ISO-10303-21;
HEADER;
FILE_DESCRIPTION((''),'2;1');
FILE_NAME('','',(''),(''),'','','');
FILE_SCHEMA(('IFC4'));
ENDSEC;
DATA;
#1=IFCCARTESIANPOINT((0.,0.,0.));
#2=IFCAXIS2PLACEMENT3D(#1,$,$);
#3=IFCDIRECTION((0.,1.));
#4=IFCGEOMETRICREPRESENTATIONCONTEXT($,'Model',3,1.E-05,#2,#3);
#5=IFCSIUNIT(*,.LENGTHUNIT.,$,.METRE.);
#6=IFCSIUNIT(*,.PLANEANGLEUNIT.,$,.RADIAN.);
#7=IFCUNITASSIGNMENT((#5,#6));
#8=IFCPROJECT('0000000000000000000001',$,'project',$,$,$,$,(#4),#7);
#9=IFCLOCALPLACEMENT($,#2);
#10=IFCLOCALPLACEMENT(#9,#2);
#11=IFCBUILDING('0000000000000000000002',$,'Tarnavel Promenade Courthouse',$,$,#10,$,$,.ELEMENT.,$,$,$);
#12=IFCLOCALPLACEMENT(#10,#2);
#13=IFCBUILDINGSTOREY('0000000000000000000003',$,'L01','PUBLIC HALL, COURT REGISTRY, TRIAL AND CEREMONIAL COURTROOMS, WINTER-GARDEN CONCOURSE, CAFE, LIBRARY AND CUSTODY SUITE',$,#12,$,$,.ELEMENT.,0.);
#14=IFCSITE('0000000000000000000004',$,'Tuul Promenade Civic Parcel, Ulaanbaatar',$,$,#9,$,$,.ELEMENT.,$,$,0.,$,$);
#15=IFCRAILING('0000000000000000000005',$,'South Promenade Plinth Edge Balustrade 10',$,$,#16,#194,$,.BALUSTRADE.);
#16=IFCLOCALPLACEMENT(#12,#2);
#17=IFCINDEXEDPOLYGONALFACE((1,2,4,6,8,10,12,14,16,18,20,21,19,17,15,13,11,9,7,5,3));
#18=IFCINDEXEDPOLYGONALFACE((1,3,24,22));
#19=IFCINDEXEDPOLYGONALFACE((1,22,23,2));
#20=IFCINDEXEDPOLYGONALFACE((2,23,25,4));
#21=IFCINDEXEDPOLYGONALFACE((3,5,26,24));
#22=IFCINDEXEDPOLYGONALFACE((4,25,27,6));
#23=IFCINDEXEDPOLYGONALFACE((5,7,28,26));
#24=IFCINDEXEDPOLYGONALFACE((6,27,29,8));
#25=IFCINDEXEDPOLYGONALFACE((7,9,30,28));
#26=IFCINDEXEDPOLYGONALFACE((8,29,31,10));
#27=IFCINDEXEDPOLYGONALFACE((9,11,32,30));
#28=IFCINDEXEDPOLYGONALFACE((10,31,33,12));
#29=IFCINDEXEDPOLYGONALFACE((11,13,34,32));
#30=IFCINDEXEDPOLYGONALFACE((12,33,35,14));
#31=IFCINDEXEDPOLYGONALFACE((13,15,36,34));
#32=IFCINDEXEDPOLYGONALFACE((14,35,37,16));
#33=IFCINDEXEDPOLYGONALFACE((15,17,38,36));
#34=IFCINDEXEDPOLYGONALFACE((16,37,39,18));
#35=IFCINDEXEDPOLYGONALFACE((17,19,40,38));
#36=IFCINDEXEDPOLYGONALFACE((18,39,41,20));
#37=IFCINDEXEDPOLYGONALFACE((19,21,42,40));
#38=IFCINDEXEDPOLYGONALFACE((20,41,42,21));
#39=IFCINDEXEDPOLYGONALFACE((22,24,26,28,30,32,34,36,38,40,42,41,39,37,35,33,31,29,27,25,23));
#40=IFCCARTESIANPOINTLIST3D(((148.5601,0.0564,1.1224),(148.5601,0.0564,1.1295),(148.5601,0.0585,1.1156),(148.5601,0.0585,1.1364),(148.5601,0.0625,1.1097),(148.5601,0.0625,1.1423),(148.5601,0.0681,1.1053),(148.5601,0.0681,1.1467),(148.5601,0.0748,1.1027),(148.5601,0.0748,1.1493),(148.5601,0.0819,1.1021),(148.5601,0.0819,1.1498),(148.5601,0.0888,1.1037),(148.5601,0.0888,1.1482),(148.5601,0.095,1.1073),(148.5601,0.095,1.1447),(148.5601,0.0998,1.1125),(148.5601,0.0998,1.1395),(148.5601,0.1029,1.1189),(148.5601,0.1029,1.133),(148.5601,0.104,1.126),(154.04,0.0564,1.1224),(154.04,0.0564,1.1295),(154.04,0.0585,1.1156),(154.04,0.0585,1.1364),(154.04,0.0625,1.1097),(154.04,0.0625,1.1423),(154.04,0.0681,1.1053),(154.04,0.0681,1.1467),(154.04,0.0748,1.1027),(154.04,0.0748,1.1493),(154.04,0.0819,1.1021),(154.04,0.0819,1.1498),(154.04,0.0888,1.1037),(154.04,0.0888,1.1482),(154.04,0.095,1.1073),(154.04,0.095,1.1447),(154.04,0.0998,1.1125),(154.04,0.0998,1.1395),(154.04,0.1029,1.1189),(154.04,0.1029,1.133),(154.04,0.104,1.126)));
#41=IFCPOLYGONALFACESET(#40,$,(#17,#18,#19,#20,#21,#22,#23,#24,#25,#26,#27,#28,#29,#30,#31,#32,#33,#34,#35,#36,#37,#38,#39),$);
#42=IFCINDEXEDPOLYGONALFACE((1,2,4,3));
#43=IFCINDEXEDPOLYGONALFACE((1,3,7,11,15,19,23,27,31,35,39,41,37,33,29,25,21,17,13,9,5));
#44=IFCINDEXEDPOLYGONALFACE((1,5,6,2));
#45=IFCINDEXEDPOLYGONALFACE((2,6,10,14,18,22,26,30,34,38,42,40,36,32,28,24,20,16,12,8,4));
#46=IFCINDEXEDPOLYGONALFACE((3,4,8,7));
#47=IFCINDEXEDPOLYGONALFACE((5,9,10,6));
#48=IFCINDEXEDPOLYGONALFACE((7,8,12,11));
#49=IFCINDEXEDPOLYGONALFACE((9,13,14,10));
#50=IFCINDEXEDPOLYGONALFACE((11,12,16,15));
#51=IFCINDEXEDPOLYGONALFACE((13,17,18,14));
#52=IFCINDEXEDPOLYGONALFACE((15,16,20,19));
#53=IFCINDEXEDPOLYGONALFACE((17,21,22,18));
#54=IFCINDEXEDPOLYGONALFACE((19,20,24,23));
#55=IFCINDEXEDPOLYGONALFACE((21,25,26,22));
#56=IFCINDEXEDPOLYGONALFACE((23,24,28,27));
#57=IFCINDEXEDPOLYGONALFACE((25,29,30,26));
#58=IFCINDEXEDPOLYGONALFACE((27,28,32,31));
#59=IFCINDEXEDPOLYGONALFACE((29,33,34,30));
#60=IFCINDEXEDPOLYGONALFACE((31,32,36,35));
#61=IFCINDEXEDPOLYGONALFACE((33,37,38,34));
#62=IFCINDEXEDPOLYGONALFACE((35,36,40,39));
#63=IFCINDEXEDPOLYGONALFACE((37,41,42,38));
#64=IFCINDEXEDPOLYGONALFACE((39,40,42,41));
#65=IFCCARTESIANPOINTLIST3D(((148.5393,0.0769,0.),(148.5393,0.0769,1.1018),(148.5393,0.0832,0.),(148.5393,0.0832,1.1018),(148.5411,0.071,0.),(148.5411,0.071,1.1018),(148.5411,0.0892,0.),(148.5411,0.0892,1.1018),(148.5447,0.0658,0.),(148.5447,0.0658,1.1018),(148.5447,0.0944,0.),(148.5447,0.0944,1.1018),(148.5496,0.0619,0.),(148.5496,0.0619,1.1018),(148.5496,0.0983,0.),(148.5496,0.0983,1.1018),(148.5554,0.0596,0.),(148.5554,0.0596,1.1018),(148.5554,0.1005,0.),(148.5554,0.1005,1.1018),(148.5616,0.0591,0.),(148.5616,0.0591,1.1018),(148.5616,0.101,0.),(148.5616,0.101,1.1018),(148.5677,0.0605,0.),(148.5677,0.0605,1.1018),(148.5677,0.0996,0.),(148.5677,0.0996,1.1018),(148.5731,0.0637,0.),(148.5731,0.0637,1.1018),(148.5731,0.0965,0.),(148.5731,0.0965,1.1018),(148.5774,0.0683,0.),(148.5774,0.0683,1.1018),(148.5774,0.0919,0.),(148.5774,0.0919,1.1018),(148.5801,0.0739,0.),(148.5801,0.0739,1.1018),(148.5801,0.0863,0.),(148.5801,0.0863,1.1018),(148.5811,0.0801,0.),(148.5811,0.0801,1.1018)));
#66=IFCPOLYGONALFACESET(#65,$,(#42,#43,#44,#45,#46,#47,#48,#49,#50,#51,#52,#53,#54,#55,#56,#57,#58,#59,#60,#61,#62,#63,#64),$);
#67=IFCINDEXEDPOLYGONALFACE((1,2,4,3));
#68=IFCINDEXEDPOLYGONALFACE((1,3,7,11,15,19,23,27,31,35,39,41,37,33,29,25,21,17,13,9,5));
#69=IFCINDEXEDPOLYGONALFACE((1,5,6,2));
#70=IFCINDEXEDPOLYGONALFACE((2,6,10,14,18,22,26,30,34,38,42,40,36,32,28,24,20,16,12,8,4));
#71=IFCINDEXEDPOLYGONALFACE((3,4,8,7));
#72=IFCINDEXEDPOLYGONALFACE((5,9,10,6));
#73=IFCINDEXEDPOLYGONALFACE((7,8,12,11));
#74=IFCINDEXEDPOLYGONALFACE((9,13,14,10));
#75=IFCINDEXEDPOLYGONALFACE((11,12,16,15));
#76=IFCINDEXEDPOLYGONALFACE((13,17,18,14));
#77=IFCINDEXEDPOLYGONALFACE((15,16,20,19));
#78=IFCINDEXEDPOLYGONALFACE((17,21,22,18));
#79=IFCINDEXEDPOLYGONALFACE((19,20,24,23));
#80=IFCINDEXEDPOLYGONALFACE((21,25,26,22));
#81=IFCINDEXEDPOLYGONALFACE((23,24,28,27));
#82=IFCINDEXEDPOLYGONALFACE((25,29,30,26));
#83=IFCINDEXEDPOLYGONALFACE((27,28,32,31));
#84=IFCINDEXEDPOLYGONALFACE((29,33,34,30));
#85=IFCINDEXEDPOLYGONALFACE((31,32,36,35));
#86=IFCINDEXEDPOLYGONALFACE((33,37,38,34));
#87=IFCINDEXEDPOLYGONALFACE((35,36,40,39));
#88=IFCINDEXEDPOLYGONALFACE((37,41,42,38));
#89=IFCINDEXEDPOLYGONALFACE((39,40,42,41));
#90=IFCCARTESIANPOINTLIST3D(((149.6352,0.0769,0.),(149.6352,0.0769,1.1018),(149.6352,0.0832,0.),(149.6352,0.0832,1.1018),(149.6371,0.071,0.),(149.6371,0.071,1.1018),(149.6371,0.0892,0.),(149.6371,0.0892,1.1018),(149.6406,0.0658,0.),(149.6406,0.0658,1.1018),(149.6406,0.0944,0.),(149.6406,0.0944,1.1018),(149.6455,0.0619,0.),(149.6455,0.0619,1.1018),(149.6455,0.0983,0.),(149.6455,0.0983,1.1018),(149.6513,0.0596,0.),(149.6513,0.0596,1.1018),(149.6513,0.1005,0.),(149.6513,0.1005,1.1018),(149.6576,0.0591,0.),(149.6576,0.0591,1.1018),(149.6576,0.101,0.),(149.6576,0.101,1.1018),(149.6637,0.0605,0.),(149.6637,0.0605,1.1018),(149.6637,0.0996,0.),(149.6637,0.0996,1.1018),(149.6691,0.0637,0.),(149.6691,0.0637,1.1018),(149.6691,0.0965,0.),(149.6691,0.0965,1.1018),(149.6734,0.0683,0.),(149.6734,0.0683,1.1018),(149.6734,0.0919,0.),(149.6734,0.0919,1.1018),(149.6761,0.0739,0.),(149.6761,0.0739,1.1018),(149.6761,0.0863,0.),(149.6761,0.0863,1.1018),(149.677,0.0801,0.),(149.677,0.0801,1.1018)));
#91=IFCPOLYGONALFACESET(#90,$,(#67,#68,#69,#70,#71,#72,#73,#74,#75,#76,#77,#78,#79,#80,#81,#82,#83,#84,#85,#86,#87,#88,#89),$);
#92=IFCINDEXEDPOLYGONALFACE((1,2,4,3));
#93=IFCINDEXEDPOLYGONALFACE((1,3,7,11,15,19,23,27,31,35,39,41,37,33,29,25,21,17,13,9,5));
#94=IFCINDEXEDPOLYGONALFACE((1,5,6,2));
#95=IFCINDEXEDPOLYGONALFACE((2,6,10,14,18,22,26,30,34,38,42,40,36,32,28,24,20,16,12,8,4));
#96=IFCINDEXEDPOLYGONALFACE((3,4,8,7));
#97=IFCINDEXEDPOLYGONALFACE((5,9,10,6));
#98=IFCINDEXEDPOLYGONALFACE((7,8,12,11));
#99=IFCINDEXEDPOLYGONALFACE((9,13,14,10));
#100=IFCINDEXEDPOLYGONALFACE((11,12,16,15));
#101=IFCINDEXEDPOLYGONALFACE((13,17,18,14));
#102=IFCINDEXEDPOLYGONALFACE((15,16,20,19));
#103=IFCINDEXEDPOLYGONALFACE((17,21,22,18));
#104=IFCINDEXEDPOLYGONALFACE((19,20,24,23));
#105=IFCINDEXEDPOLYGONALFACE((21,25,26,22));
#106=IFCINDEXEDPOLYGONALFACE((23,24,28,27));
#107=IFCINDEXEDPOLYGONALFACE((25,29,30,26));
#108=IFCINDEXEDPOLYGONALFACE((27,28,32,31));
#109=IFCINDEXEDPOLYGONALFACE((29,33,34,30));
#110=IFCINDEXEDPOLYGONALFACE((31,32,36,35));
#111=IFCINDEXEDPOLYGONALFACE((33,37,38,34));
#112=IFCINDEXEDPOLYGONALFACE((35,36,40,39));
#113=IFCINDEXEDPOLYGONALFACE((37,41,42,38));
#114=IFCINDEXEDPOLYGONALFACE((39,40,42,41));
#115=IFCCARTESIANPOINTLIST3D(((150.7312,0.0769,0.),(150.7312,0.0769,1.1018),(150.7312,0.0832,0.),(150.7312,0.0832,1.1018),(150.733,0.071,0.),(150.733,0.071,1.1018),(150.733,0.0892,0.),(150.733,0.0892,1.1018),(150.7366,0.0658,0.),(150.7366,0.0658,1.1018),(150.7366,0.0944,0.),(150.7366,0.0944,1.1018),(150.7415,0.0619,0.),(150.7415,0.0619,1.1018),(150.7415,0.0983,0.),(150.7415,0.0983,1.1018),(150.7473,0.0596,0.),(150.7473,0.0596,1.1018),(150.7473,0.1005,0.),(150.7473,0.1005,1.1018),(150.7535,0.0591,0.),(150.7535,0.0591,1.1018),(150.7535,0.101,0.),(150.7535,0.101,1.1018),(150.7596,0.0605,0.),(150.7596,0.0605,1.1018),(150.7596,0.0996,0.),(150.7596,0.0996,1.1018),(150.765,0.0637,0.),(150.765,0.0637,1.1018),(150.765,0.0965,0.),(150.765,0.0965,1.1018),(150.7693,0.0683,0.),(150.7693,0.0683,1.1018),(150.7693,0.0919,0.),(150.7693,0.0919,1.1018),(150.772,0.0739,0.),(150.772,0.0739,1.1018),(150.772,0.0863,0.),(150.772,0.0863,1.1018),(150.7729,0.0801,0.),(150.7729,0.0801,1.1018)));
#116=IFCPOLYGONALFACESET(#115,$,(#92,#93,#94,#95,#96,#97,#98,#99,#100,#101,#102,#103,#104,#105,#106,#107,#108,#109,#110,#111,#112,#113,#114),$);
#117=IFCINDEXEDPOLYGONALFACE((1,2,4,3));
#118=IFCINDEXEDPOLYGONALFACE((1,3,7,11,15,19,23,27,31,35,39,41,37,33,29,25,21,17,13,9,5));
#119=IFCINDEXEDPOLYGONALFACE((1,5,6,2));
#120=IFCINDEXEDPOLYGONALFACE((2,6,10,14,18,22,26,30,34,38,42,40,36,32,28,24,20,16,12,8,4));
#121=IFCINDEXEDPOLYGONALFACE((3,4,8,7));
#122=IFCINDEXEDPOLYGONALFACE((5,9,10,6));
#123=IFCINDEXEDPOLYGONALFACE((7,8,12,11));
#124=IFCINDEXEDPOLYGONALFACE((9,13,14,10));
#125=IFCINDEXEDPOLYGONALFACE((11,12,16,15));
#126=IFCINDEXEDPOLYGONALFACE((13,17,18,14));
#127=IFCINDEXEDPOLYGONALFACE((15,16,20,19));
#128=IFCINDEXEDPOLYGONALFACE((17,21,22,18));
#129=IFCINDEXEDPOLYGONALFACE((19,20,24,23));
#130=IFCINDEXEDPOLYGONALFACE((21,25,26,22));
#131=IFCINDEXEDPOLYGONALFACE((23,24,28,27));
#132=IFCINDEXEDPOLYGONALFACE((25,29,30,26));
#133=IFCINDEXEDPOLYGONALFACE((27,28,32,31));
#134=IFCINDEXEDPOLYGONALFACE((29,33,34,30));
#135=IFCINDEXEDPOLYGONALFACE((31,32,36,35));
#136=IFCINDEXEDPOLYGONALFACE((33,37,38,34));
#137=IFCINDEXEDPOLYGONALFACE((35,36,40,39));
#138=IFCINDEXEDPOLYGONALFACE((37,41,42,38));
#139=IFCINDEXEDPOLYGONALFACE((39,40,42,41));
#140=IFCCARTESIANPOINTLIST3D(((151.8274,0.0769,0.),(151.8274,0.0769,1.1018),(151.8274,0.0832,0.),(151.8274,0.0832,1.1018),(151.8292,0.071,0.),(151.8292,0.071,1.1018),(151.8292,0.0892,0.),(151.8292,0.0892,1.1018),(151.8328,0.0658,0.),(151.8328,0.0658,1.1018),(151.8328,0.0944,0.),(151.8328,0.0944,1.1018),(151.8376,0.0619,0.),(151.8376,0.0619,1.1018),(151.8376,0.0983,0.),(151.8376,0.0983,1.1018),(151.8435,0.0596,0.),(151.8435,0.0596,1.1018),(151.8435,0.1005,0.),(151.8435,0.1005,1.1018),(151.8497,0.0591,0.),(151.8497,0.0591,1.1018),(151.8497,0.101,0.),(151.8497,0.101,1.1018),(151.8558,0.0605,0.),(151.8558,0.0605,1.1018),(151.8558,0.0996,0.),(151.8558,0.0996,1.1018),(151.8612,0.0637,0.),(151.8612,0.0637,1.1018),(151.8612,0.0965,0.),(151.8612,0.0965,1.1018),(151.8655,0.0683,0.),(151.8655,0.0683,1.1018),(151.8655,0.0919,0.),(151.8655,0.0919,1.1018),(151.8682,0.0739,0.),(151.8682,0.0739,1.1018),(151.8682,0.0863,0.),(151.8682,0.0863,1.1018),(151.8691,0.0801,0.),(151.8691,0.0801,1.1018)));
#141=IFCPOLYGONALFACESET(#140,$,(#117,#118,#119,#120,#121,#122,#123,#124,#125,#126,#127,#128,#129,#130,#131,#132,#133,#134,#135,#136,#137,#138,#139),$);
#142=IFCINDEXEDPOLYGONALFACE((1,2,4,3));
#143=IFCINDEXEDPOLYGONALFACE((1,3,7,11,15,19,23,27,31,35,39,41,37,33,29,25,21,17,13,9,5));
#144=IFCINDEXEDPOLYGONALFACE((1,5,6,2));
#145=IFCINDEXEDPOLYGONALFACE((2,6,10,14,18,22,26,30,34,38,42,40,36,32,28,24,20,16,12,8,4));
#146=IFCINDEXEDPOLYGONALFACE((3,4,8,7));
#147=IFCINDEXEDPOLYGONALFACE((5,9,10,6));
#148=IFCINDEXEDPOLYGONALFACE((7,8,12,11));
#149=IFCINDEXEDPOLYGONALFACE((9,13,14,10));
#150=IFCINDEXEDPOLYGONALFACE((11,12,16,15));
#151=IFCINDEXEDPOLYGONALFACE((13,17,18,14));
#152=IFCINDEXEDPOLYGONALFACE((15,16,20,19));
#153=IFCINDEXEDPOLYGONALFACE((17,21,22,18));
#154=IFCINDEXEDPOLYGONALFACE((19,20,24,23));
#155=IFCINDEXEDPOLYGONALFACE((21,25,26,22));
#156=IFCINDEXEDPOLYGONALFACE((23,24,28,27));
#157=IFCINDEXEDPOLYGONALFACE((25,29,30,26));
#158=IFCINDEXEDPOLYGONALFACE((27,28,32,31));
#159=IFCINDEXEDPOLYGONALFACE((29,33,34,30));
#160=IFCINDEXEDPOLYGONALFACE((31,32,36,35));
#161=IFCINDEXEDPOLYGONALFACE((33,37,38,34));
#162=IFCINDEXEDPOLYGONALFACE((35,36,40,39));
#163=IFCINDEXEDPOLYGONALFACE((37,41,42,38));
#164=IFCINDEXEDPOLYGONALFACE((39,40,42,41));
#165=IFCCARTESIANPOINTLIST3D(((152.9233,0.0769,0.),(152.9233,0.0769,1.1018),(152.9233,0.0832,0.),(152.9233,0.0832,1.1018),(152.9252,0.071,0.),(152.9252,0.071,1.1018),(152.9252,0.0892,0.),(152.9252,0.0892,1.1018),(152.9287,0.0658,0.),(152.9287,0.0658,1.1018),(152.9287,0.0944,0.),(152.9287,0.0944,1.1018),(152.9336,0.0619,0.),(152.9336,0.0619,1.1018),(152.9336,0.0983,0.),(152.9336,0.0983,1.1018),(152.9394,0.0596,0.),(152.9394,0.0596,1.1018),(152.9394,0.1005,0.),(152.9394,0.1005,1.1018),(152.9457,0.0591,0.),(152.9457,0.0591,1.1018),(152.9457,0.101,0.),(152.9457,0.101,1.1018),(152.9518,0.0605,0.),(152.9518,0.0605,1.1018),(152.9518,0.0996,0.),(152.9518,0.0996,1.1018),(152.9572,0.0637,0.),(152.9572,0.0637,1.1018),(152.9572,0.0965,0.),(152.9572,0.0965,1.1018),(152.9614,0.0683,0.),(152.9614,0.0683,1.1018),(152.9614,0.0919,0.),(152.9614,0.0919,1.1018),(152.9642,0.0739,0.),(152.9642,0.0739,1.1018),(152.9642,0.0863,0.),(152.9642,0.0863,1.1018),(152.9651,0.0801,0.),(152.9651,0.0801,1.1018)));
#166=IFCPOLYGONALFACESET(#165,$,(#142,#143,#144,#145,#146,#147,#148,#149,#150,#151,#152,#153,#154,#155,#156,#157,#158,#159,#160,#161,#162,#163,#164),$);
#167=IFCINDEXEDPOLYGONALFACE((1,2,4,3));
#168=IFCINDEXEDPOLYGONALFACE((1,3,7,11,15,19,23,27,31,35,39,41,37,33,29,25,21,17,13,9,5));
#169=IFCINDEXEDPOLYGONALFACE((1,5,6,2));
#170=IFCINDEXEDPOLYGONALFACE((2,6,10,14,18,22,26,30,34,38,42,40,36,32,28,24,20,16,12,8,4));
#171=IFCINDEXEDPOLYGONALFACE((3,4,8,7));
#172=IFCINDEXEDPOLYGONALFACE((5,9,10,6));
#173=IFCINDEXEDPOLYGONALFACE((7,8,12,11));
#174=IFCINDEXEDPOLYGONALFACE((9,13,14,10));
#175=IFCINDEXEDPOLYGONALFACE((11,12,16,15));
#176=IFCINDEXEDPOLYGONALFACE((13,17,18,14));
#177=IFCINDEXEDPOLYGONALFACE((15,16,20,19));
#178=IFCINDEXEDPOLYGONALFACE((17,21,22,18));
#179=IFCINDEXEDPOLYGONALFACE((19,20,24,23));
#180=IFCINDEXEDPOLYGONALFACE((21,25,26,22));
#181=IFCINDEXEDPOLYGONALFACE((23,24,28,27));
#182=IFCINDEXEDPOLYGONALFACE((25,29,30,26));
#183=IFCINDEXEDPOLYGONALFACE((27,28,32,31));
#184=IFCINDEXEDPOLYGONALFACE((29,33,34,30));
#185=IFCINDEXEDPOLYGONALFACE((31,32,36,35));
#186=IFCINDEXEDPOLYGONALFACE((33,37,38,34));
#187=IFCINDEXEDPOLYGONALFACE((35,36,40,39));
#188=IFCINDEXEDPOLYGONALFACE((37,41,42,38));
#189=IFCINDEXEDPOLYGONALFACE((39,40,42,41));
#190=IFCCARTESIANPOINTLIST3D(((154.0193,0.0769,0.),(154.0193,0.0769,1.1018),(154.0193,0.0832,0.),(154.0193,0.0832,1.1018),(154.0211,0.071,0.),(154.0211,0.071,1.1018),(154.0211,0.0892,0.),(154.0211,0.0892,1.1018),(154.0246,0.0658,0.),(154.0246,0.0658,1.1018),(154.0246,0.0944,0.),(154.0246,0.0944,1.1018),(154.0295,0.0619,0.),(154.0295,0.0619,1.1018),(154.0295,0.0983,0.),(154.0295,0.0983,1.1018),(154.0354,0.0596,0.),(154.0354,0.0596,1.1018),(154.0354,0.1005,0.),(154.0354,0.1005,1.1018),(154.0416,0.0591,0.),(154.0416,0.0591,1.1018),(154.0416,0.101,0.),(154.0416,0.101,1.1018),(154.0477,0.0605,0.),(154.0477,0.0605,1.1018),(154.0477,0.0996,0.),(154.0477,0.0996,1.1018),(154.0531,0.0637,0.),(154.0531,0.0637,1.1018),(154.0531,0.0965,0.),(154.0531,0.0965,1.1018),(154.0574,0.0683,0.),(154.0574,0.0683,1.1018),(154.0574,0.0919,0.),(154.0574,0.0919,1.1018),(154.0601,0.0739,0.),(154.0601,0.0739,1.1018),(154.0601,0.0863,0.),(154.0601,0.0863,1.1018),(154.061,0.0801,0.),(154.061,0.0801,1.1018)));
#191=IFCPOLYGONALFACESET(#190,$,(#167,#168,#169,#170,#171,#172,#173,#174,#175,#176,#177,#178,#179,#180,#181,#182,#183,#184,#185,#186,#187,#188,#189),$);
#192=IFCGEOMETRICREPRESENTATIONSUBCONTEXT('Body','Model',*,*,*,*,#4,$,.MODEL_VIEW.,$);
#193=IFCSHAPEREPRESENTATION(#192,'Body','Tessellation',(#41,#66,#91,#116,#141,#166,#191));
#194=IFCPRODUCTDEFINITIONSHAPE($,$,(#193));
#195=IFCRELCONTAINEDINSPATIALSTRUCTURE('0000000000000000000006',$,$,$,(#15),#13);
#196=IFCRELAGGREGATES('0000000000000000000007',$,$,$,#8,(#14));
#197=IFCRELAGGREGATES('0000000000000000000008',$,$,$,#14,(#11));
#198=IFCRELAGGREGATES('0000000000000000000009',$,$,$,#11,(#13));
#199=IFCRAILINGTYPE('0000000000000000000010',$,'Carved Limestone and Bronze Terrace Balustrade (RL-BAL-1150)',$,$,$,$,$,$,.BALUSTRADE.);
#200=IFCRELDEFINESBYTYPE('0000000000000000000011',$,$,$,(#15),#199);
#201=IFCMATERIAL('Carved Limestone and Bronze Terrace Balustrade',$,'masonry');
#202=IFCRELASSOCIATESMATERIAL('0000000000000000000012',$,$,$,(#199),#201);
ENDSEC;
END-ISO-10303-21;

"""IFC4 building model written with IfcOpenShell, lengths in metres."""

from ifc_helpers import new_model, si_unit, direction, frame, origin, origin_2d, place, context, subcontext, project, spatial, circle, extrude, material, type_object, element, save


model = new_model("IFC4")

# Units and contexts
model_context = context("Model", 3, precision=1e-05, world=origin(), true_north=direction((0.0, 1.0)))
body_context = subcontext(model_context, "Body", "Model", "MODEL_VIEW")
ifc_project = project(units=[si_unit("LENGTHUNIT", "METRE"), si_unit("PLANEANGLEUNIT", "RADIAN")], contexts=[model_context])

# Site, building, storey
site_placement = place(None, origin())
site = spatial("IfcSite", under=ifc_project, at=site_placement, Name="Tuul Promenade Civic Parcel, Ulaanbaatar", CompositionType="ELEMENT", RefElevation=0.0)
building_placement = place(site_placement, origin())
building = spatial("IfcBuilding", under=site, at=building_placement, Name="Tarnavel Promenade Courthouse", CompositionType="ELEMENT")
storey_placement = place(building_placement, origin())
storey = spatial("IfcBuildingStorey", under=building, at=storey_placement, Name="L01", Description="PUBLIC HALL, COURT REGISTRY, TRIAL AND CEREMONIAL COURTROOMS, WINTER-GARDEN CONCOURSE, CAFE, LIBRARY AND CUSTODY SUITE", CompositionType="ELEMENT", Elevation=0.0)

# Railing
ifc_material_1 = material(Name="Carved Limestone and Bronze Terrace Balustrade", Category="masonry")
railing_type_1 = type_object("IfcRailingType", Name="Carved Limestone and Bronze Terrace Balustrade (RL-BAL-1150)", PredefinedType="BALUSTRADE", material=ifc_material_1)
railing_1_placement = place(storey_placement, frame((148.5601, 0.0801, 0.0)))
element("IfcRailing", 1, at=railing_1_placement, inside=storey, type_object=railing_type_1, Name="South Promenade Plinth Edge Balustrade 10", PredefinedType="BALUSTRADE", context=body_context, shape_type="SweptSolid", body=[
    extrude(circle(Radius=0.0239, at=origin_2d()), frame((0.0, 0.0, 1.126), z_axis=(1.0, 0.0, 0.0), x_axis=(0.0, 1.0, 0.0)), (0.0, 0.0, 1.0), 5.48),
    extrude(circle(Radius=0.021, at=origin_2d()), origin(), (0.0, 0.0, 1.0), 1.1018),
    extrude(circle(Radius=0.021, at=origin_2d()), frame((1.0959, 0.0, 0.0)), (0.0, 0.0, 1.0), 1.1018),
    extrude(circle(Radius=0.021, at=origin_2d()), frame((2.1919, 0.0, 0.0)), (0.0, 0.0, 1.0), 1.1018),
    extrude(circle(Radius=0.021, at=origin_2d()), frame((3.2881, 0.0, 0.0)), (0.0, 0.0, 1.0), 1.1018),
    extrude(circle(Radius=0.021, at=origin_2d()), frame((4.384, 0.0, 0.0)), (0.0, 0.0, 1.0), 1.1018),
    extrude(circle(Radius=0.021, at=origin_2d()), frame((5.48, 0.0, 0.0)), (0.0, 0.0, 1.0), 1.1018),
])

save(model, "model.ifc")
